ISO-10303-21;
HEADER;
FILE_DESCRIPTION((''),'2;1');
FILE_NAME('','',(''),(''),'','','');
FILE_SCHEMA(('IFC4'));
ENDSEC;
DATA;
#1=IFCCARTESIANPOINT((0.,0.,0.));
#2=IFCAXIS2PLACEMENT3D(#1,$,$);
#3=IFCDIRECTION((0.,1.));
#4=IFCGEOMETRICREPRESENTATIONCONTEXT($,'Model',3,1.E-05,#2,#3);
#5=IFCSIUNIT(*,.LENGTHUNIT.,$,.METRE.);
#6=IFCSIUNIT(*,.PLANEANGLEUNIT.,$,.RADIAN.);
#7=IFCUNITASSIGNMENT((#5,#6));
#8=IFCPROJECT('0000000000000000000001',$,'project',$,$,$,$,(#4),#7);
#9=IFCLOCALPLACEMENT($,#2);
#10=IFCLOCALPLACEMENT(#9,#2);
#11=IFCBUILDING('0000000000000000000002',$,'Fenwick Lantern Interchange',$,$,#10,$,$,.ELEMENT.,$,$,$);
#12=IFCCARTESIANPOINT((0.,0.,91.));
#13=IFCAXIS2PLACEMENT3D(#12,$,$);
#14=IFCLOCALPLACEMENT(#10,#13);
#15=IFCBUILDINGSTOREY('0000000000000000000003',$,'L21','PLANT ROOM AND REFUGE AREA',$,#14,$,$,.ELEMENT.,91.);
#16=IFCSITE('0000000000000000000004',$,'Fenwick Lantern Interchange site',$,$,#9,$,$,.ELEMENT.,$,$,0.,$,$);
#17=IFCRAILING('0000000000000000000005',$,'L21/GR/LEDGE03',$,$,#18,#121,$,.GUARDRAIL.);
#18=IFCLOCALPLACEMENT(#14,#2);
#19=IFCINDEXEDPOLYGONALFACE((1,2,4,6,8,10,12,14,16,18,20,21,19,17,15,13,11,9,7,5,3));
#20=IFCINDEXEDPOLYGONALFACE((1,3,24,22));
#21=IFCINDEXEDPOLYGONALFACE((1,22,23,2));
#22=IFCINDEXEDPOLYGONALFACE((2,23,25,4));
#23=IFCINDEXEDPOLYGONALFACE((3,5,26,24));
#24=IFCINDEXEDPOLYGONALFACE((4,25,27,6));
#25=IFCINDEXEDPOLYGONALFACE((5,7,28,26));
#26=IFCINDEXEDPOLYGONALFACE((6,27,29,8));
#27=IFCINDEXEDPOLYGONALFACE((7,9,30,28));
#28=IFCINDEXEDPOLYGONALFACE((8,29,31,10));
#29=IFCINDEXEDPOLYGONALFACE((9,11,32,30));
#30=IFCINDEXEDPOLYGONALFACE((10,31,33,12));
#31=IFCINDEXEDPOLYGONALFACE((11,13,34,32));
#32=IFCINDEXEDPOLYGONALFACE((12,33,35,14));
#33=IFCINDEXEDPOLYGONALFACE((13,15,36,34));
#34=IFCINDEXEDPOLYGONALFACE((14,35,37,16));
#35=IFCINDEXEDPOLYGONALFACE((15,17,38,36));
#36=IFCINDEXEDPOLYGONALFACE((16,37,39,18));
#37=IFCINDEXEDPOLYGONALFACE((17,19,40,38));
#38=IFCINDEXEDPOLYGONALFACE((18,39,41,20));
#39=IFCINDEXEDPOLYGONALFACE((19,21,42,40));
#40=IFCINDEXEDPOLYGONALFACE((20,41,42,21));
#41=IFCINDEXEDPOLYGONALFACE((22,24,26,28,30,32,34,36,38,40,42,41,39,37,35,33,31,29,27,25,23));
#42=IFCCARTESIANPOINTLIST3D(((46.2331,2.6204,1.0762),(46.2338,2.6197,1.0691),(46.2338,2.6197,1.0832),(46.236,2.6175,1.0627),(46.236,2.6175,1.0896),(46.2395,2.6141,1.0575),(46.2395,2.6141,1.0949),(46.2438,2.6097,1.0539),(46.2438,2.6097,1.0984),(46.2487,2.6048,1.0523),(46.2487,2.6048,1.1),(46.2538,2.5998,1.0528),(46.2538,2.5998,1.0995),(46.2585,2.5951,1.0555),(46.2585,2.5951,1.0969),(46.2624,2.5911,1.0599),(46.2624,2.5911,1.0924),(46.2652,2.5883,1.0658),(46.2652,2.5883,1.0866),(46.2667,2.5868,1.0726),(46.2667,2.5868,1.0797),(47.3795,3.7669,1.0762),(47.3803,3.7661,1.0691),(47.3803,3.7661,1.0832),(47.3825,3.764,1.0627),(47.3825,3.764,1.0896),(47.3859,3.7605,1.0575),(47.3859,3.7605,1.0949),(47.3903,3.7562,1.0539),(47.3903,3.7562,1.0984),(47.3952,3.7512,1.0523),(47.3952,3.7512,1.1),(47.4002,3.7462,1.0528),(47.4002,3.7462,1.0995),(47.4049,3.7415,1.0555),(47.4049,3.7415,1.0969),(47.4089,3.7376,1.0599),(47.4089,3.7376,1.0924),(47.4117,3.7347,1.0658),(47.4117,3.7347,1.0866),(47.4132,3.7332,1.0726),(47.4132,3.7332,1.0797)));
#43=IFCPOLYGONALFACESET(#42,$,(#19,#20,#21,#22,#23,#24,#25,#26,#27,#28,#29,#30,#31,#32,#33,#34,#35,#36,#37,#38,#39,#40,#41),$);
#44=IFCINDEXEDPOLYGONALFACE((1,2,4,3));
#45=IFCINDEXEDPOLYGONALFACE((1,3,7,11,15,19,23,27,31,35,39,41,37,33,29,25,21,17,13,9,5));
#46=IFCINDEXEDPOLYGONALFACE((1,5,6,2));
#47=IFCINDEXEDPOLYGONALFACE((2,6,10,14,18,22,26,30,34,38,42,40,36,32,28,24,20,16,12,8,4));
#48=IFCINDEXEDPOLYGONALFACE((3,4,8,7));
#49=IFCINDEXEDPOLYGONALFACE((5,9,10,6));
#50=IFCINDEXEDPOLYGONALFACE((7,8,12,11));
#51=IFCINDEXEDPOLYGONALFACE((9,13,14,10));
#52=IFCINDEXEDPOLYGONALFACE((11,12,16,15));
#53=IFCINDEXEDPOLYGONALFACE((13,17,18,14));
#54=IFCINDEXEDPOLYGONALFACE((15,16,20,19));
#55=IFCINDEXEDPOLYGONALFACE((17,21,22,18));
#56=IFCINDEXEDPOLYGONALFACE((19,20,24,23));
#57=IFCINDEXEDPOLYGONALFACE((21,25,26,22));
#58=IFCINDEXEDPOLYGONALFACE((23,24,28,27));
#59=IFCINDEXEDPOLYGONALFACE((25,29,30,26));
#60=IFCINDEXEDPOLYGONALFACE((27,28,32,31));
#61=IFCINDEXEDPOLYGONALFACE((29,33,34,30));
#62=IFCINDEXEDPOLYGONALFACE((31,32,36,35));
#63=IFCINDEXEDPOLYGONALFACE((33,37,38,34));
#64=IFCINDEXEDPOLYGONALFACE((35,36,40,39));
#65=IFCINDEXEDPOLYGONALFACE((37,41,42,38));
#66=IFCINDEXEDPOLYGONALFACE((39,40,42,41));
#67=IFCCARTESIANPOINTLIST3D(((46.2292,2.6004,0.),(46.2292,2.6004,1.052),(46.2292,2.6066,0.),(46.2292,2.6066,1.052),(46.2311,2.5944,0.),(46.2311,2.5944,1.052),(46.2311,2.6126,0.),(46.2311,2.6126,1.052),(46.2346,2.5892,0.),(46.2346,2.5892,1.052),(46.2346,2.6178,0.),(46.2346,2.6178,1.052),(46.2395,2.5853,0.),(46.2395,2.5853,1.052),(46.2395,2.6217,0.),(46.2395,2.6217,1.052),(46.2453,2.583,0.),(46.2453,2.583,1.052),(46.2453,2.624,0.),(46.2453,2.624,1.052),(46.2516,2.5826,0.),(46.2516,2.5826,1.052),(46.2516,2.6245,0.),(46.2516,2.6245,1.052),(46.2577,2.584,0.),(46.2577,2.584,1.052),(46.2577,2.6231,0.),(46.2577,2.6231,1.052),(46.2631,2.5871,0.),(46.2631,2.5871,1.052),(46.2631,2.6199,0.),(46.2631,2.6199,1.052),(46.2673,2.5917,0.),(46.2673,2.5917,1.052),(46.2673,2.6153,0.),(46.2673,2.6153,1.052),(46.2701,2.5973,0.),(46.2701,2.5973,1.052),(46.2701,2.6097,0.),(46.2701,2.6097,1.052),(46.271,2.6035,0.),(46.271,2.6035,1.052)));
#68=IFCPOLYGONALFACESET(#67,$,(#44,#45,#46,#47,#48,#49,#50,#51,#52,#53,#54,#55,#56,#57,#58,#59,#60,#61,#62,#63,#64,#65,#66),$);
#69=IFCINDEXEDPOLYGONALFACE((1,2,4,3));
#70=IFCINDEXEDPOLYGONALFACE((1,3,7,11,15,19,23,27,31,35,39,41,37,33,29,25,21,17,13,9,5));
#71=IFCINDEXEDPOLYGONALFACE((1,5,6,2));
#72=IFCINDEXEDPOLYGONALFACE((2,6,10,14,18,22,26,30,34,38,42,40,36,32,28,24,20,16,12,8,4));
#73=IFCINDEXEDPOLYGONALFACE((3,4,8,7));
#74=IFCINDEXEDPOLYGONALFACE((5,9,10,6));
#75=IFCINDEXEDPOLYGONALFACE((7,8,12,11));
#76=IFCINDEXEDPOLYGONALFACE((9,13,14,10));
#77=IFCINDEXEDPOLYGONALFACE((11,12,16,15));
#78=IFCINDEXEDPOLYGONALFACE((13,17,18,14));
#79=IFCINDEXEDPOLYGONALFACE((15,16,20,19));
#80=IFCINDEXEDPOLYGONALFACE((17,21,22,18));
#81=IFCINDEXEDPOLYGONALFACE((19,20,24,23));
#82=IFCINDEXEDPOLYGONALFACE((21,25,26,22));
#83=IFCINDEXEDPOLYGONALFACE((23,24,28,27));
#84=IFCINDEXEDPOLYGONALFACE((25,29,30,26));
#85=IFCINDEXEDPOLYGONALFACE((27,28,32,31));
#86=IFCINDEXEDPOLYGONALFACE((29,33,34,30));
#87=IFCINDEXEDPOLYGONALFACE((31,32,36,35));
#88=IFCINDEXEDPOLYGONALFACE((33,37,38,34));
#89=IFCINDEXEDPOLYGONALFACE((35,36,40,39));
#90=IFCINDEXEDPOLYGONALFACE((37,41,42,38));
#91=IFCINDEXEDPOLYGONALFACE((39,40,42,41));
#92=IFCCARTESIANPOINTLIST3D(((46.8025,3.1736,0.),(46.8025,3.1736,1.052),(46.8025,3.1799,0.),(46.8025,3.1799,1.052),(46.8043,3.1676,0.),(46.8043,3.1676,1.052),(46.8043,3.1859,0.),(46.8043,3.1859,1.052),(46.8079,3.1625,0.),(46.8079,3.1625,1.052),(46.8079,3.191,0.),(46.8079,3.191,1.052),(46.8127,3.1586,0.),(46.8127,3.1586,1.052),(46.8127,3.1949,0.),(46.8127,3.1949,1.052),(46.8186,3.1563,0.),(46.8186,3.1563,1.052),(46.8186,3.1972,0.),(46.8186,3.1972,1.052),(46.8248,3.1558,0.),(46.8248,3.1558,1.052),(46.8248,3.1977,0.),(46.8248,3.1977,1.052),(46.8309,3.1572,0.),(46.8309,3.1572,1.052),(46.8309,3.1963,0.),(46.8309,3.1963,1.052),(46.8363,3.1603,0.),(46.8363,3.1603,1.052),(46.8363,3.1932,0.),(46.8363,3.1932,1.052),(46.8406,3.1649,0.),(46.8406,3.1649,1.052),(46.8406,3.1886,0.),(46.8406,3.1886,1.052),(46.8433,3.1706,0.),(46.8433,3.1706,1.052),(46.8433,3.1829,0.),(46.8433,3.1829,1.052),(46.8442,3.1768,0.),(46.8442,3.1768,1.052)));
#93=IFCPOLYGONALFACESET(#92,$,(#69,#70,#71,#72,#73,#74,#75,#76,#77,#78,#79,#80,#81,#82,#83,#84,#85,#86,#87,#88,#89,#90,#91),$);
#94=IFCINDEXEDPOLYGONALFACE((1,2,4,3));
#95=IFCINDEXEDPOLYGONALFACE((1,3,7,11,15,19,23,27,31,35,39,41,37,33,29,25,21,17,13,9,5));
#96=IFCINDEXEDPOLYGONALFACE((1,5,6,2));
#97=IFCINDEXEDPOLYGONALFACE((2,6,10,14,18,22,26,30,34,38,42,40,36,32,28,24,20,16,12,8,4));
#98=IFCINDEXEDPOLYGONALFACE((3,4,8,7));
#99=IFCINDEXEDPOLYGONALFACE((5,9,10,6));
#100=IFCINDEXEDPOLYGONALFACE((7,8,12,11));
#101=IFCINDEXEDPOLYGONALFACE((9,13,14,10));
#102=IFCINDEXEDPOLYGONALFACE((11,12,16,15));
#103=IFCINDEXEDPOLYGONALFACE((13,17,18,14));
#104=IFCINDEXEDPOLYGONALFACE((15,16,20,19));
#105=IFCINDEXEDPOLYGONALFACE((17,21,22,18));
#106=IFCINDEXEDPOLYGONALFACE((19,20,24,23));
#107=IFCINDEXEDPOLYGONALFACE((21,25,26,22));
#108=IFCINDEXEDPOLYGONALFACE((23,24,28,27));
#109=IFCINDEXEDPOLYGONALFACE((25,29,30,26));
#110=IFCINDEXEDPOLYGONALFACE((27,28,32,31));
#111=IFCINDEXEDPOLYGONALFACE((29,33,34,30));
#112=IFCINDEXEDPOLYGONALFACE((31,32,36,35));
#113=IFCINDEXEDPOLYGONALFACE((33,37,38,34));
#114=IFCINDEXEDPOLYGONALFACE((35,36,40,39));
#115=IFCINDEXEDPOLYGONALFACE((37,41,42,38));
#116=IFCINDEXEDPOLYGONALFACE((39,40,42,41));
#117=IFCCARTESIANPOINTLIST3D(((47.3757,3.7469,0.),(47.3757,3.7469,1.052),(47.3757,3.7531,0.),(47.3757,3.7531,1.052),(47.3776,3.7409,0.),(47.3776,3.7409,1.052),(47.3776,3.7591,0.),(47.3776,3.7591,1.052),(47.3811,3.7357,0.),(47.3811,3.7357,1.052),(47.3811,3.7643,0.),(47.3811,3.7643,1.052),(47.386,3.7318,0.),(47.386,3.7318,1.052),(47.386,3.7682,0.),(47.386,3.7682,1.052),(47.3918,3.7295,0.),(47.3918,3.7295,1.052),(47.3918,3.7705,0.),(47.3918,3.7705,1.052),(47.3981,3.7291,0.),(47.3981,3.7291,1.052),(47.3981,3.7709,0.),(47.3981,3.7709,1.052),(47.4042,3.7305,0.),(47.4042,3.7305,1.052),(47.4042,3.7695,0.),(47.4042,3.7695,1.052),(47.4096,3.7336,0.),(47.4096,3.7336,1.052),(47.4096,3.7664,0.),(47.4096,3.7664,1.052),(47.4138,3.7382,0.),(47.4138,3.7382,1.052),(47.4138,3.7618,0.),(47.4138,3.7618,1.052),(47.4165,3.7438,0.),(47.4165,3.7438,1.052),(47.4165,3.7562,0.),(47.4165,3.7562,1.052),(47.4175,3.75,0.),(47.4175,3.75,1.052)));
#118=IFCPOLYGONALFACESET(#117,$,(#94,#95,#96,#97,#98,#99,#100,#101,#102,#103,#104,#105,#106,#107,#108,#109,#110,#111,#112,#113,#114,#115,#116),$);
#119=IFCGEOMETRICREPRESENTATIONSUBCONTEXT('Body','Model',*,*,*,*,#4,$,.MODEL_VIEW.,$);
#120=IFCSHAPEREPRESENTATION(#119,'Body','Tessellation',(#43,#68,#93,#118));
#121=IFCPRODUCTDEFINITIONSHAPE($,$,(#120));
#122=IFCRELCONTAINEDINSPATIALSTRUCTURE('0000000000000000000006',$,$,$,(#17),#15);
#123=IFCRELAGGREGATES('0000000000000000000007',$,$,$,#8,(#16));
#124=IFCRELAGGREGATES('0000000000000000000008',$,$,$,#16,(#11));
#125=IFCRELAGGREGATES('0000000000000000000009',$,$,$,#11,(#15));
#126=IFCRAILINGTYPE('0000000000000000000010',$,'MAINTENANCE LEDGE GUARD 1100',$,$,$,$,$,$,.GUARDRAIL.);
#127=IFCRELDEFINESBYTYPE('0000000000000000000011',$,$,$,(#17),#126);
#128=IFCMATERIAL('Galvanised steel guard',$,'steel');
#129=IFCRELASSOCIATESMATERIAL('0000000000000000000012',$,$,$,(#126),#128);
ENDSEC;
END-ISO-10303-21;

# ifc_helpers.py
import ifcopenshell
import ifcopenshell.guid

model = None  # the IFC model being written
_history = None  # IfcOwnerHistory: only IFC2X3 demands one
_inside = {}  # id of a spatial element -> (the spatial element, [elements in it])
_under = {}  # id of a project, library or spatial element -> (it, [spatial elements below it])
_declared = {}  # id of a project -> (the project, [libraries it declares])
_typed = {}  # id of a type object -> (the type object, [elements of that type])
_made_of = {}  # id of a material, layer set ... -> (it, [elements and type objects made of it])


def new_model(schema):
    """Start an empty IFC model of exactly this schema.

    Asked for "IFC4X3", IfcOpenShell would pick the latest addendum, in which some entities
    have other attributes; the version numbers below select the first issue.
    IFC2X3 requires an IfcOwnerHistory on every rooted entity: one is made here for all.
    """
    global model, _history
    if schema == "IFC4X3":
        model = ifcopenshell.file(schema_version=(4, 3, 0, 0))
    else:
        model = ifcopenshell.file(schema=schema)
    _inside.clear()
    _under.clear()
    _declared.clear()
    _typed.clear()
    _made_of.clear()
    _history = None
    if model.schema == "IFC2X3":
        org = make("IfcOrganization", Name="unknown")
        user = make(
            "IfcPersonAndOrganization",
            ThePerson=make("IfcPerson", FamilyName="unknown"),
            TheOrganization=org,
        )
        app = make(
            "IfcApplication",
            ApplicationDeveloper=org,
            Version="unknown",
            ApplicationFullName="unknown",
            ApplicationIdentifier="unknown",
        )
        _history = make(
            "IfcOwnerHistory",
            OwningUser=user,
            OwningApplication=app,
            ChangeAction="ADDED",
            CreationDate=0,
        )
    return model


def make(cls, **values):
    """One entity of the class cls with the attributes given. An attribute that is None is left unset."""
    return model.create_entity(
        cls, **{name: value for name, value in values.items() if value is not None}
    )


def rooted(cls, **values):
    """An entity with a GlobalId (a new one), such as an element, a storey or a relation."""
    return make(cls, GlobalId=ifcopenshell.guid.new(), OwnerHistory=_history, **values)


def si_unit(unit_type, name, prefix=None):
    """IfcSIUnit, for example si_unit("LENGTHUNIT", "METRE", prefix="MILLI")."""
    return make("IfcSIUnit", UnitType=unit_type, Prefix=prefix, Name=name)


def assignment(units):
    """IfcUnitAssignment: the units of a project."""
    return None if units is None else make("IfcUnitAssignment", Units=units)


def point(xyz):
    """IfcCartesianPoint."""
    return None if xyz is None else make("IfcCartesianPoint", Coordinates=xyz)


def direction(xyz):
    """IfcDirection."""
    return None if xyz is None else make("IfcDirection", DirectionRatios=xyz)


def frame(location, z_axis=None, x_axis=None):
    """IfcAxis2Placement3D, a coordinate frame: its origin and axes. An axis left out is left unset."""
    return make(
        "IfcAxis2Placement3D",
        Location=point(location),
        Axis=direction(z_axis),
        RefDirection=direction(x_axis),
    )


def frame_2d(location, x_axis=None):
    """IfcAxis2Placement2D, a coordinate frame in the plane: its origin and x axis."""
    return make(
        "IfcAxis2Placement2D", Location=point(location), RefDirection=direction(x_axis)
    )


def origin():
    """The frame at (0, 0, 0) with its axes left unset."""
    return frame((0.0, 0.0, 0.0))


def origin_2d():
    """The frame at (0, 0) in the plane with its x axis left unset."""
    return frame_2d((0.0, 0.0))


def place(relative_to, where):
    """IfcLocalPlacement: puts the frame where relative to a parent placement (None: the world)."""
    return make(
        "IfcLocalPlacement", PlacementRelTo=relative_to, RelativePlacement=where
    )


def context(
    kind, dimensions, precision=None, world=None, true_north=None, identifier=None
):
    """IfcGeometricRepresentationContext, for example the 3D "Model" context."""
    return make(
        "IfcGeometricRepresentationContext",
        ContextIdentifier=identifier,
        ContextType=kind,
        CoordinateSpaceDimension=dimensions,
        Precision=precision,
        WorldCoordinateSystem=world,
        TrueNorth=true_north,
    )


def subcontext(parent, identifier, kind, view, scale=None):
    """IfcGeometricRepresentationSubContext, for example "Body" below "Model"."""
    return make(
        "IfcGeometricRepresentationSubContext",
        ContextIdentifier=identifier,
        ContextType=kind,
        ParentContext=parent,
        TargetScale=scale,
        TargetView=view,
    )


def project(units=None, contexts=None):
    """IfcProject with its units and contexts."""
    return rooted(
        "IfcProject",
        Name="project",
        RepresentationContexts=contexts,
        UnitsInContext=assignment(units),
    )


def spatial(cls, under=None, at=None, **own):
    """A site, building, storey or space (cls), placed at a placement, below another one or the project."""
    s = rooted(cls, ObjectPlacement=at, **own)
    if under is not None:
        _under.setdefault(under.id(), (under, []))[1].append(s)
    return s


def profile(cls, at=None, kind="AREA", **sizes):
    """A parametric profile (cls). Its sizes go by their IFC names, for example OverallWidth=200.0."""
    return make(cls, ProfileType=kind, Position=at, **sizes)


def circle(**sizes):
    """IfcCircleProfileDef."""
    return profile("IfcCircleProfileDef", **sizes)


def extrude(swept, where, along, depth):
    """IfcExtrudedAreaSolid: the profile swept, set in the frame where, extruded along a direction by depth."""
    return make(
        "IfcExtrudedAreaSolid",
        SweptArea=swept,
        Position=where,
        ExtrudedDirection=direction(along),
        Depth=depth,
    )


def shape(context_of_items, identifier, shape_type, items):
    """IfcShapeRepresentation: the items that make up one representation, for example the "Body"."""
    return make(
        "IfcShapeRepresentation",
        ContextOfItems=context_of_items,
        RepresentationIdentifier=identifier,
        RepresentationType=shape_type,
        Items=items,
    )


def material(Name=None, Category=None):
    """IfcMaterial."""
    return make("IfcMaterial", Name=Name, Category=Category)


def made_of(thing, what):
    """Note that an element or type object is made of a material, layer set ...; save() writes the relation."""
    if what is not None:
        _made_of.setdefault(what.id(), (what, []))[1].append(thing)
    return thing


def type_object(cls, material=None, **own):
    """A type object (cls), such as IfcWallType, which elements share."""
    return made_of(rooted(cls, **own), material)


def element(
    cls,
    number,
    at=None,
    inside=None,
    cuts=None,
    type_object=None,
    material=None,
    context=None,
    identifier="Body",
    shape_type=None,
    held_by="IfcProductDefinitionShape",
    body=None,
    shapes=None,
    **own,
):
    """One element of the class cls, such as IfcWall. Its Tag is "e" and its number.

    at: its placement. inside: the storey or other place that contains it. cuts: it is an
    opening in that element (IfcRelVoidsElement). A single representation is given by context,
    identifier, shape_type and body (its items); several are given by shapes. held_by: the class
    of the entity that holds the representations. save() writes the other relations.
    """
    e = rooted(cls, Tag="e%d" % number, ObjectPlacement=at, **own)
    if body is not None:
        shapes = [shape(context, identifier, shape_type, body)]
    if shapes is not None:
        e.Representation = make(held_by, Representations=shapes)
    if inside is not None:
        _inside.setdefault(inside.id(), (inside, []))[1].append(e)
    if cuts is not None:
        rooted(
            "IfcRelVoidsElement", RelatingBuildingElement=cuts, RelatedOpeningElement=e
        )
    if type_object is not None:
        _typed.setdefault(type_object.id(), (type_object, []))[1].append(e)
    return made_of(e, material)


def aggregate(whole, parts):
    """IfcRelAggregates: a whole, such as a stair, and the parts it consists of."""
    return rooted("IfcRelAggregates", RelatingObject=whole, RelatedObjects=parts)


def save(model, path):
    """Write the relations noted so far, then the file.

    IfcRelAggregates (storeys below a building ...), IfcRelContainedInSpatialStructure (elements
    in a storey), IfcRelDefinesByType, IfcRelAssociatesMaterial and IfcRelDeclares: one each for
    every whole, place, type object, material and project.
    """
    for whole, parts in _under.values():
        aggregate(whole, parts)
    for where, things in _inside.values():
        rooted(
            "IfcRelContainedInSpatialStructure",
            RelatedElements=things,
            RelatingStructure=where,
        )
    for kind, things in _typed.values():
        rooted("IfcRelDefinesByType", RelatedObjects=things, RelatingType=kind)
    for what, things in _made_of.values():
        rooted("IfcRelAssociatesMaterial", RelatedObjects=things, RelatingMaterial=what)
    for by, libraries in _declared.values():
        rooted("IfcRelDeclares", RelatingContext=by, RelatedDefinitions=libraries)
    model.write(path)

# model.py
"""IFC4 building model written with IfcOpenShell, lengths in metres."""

from ifc_helpers import new_model, si_unit, direction, frame, origin, origin_2d, place, context, subcontext, project, spatial, circle, extrude, material, type_object, element, save


model = new_model("IFC4")

# Units and contexts
model_context = context("Model", 3, precision=1e-05, world=origin(), true_north=direction((0.0, 1.0)))
body_context = subcontext(model_context, "Body", "Model", "MODEL_VIEW")
ifc_project = project(units=[si_unit("LENGTHUNIT", "METRE"), si_unit("PLANEANGLEUNIT", "RADIAN")], contexts=[model_context])

# Site, building, storey
site_placement = place(None, origin())
site = spatial("IfcSite", under=ifc_project, at=site_placement, Name="Fenwick Lantern Interchange site", CompositionType="ELEMENT", RefElevation=0.0)
building_placement = place(site_placement, origin())
building = spatial("IfcBuilding", under=site, at=building_placement, Name="Fenwick Lantern Interchange", CompositionType="ELEMENT")
storey_placement = place(building_placement, frame((0.0, 0.0, 91.0)))
storey = spatial("IfcBuildingStorey", under=building, at=storey_placement, Name="L21", Description="PLANT ROOM AND REFUGE AREA", CompositionType="ELEMENT", Elevation=91.0)

# Railing
ifc_material_1 = material(Name="Galvanised steel guard", Category="steel")
railing_type = type_object("IfcRailingType", Name="MAINTENANCE LEDGE GUARD 1100", PredefinedType="GUARDRAIL", material=ifc_material_1)
railing_1_placement = place(storey_placement, frame((46.25, 2.6035, 0.0)))
element("IfcRailing", 1, at=railing_1_placement, inside=storey, type_object=railing_type, Name="L21/GR/LEDGE03", PredefinedType="GUARDRAIL", context=body_context, shape_type="SweptSolid", body=[
    extrude(circle(Radius=0.0239, at=origin_2d()), frame((0.0, 0.0, 1.0762), z_axis=(0.707107, 0.707107, 0.0), x_axis=(-0.707107, 0.707107, 0.0)), (0.0, 0.0, 1.0), 1.6213),
    extrude(circle(Radius=0.021, at=origin_2d()), origin(), (0.0, 0.0, 1.0), 1.052),
    extrude(circle(Radius=0.021, at=origin_2d()), frame((0.5732, 0.5732, 0.0)), (0.0, 0.0, 1.0), 1.052),
    extrude(circle(Radius=0.021, at=origin_2d()), frame((1.1465, 1.1465, 0.0)), (0.0, 0.0, 1.0), 1.052),
])

save(model, "model.ifc")
